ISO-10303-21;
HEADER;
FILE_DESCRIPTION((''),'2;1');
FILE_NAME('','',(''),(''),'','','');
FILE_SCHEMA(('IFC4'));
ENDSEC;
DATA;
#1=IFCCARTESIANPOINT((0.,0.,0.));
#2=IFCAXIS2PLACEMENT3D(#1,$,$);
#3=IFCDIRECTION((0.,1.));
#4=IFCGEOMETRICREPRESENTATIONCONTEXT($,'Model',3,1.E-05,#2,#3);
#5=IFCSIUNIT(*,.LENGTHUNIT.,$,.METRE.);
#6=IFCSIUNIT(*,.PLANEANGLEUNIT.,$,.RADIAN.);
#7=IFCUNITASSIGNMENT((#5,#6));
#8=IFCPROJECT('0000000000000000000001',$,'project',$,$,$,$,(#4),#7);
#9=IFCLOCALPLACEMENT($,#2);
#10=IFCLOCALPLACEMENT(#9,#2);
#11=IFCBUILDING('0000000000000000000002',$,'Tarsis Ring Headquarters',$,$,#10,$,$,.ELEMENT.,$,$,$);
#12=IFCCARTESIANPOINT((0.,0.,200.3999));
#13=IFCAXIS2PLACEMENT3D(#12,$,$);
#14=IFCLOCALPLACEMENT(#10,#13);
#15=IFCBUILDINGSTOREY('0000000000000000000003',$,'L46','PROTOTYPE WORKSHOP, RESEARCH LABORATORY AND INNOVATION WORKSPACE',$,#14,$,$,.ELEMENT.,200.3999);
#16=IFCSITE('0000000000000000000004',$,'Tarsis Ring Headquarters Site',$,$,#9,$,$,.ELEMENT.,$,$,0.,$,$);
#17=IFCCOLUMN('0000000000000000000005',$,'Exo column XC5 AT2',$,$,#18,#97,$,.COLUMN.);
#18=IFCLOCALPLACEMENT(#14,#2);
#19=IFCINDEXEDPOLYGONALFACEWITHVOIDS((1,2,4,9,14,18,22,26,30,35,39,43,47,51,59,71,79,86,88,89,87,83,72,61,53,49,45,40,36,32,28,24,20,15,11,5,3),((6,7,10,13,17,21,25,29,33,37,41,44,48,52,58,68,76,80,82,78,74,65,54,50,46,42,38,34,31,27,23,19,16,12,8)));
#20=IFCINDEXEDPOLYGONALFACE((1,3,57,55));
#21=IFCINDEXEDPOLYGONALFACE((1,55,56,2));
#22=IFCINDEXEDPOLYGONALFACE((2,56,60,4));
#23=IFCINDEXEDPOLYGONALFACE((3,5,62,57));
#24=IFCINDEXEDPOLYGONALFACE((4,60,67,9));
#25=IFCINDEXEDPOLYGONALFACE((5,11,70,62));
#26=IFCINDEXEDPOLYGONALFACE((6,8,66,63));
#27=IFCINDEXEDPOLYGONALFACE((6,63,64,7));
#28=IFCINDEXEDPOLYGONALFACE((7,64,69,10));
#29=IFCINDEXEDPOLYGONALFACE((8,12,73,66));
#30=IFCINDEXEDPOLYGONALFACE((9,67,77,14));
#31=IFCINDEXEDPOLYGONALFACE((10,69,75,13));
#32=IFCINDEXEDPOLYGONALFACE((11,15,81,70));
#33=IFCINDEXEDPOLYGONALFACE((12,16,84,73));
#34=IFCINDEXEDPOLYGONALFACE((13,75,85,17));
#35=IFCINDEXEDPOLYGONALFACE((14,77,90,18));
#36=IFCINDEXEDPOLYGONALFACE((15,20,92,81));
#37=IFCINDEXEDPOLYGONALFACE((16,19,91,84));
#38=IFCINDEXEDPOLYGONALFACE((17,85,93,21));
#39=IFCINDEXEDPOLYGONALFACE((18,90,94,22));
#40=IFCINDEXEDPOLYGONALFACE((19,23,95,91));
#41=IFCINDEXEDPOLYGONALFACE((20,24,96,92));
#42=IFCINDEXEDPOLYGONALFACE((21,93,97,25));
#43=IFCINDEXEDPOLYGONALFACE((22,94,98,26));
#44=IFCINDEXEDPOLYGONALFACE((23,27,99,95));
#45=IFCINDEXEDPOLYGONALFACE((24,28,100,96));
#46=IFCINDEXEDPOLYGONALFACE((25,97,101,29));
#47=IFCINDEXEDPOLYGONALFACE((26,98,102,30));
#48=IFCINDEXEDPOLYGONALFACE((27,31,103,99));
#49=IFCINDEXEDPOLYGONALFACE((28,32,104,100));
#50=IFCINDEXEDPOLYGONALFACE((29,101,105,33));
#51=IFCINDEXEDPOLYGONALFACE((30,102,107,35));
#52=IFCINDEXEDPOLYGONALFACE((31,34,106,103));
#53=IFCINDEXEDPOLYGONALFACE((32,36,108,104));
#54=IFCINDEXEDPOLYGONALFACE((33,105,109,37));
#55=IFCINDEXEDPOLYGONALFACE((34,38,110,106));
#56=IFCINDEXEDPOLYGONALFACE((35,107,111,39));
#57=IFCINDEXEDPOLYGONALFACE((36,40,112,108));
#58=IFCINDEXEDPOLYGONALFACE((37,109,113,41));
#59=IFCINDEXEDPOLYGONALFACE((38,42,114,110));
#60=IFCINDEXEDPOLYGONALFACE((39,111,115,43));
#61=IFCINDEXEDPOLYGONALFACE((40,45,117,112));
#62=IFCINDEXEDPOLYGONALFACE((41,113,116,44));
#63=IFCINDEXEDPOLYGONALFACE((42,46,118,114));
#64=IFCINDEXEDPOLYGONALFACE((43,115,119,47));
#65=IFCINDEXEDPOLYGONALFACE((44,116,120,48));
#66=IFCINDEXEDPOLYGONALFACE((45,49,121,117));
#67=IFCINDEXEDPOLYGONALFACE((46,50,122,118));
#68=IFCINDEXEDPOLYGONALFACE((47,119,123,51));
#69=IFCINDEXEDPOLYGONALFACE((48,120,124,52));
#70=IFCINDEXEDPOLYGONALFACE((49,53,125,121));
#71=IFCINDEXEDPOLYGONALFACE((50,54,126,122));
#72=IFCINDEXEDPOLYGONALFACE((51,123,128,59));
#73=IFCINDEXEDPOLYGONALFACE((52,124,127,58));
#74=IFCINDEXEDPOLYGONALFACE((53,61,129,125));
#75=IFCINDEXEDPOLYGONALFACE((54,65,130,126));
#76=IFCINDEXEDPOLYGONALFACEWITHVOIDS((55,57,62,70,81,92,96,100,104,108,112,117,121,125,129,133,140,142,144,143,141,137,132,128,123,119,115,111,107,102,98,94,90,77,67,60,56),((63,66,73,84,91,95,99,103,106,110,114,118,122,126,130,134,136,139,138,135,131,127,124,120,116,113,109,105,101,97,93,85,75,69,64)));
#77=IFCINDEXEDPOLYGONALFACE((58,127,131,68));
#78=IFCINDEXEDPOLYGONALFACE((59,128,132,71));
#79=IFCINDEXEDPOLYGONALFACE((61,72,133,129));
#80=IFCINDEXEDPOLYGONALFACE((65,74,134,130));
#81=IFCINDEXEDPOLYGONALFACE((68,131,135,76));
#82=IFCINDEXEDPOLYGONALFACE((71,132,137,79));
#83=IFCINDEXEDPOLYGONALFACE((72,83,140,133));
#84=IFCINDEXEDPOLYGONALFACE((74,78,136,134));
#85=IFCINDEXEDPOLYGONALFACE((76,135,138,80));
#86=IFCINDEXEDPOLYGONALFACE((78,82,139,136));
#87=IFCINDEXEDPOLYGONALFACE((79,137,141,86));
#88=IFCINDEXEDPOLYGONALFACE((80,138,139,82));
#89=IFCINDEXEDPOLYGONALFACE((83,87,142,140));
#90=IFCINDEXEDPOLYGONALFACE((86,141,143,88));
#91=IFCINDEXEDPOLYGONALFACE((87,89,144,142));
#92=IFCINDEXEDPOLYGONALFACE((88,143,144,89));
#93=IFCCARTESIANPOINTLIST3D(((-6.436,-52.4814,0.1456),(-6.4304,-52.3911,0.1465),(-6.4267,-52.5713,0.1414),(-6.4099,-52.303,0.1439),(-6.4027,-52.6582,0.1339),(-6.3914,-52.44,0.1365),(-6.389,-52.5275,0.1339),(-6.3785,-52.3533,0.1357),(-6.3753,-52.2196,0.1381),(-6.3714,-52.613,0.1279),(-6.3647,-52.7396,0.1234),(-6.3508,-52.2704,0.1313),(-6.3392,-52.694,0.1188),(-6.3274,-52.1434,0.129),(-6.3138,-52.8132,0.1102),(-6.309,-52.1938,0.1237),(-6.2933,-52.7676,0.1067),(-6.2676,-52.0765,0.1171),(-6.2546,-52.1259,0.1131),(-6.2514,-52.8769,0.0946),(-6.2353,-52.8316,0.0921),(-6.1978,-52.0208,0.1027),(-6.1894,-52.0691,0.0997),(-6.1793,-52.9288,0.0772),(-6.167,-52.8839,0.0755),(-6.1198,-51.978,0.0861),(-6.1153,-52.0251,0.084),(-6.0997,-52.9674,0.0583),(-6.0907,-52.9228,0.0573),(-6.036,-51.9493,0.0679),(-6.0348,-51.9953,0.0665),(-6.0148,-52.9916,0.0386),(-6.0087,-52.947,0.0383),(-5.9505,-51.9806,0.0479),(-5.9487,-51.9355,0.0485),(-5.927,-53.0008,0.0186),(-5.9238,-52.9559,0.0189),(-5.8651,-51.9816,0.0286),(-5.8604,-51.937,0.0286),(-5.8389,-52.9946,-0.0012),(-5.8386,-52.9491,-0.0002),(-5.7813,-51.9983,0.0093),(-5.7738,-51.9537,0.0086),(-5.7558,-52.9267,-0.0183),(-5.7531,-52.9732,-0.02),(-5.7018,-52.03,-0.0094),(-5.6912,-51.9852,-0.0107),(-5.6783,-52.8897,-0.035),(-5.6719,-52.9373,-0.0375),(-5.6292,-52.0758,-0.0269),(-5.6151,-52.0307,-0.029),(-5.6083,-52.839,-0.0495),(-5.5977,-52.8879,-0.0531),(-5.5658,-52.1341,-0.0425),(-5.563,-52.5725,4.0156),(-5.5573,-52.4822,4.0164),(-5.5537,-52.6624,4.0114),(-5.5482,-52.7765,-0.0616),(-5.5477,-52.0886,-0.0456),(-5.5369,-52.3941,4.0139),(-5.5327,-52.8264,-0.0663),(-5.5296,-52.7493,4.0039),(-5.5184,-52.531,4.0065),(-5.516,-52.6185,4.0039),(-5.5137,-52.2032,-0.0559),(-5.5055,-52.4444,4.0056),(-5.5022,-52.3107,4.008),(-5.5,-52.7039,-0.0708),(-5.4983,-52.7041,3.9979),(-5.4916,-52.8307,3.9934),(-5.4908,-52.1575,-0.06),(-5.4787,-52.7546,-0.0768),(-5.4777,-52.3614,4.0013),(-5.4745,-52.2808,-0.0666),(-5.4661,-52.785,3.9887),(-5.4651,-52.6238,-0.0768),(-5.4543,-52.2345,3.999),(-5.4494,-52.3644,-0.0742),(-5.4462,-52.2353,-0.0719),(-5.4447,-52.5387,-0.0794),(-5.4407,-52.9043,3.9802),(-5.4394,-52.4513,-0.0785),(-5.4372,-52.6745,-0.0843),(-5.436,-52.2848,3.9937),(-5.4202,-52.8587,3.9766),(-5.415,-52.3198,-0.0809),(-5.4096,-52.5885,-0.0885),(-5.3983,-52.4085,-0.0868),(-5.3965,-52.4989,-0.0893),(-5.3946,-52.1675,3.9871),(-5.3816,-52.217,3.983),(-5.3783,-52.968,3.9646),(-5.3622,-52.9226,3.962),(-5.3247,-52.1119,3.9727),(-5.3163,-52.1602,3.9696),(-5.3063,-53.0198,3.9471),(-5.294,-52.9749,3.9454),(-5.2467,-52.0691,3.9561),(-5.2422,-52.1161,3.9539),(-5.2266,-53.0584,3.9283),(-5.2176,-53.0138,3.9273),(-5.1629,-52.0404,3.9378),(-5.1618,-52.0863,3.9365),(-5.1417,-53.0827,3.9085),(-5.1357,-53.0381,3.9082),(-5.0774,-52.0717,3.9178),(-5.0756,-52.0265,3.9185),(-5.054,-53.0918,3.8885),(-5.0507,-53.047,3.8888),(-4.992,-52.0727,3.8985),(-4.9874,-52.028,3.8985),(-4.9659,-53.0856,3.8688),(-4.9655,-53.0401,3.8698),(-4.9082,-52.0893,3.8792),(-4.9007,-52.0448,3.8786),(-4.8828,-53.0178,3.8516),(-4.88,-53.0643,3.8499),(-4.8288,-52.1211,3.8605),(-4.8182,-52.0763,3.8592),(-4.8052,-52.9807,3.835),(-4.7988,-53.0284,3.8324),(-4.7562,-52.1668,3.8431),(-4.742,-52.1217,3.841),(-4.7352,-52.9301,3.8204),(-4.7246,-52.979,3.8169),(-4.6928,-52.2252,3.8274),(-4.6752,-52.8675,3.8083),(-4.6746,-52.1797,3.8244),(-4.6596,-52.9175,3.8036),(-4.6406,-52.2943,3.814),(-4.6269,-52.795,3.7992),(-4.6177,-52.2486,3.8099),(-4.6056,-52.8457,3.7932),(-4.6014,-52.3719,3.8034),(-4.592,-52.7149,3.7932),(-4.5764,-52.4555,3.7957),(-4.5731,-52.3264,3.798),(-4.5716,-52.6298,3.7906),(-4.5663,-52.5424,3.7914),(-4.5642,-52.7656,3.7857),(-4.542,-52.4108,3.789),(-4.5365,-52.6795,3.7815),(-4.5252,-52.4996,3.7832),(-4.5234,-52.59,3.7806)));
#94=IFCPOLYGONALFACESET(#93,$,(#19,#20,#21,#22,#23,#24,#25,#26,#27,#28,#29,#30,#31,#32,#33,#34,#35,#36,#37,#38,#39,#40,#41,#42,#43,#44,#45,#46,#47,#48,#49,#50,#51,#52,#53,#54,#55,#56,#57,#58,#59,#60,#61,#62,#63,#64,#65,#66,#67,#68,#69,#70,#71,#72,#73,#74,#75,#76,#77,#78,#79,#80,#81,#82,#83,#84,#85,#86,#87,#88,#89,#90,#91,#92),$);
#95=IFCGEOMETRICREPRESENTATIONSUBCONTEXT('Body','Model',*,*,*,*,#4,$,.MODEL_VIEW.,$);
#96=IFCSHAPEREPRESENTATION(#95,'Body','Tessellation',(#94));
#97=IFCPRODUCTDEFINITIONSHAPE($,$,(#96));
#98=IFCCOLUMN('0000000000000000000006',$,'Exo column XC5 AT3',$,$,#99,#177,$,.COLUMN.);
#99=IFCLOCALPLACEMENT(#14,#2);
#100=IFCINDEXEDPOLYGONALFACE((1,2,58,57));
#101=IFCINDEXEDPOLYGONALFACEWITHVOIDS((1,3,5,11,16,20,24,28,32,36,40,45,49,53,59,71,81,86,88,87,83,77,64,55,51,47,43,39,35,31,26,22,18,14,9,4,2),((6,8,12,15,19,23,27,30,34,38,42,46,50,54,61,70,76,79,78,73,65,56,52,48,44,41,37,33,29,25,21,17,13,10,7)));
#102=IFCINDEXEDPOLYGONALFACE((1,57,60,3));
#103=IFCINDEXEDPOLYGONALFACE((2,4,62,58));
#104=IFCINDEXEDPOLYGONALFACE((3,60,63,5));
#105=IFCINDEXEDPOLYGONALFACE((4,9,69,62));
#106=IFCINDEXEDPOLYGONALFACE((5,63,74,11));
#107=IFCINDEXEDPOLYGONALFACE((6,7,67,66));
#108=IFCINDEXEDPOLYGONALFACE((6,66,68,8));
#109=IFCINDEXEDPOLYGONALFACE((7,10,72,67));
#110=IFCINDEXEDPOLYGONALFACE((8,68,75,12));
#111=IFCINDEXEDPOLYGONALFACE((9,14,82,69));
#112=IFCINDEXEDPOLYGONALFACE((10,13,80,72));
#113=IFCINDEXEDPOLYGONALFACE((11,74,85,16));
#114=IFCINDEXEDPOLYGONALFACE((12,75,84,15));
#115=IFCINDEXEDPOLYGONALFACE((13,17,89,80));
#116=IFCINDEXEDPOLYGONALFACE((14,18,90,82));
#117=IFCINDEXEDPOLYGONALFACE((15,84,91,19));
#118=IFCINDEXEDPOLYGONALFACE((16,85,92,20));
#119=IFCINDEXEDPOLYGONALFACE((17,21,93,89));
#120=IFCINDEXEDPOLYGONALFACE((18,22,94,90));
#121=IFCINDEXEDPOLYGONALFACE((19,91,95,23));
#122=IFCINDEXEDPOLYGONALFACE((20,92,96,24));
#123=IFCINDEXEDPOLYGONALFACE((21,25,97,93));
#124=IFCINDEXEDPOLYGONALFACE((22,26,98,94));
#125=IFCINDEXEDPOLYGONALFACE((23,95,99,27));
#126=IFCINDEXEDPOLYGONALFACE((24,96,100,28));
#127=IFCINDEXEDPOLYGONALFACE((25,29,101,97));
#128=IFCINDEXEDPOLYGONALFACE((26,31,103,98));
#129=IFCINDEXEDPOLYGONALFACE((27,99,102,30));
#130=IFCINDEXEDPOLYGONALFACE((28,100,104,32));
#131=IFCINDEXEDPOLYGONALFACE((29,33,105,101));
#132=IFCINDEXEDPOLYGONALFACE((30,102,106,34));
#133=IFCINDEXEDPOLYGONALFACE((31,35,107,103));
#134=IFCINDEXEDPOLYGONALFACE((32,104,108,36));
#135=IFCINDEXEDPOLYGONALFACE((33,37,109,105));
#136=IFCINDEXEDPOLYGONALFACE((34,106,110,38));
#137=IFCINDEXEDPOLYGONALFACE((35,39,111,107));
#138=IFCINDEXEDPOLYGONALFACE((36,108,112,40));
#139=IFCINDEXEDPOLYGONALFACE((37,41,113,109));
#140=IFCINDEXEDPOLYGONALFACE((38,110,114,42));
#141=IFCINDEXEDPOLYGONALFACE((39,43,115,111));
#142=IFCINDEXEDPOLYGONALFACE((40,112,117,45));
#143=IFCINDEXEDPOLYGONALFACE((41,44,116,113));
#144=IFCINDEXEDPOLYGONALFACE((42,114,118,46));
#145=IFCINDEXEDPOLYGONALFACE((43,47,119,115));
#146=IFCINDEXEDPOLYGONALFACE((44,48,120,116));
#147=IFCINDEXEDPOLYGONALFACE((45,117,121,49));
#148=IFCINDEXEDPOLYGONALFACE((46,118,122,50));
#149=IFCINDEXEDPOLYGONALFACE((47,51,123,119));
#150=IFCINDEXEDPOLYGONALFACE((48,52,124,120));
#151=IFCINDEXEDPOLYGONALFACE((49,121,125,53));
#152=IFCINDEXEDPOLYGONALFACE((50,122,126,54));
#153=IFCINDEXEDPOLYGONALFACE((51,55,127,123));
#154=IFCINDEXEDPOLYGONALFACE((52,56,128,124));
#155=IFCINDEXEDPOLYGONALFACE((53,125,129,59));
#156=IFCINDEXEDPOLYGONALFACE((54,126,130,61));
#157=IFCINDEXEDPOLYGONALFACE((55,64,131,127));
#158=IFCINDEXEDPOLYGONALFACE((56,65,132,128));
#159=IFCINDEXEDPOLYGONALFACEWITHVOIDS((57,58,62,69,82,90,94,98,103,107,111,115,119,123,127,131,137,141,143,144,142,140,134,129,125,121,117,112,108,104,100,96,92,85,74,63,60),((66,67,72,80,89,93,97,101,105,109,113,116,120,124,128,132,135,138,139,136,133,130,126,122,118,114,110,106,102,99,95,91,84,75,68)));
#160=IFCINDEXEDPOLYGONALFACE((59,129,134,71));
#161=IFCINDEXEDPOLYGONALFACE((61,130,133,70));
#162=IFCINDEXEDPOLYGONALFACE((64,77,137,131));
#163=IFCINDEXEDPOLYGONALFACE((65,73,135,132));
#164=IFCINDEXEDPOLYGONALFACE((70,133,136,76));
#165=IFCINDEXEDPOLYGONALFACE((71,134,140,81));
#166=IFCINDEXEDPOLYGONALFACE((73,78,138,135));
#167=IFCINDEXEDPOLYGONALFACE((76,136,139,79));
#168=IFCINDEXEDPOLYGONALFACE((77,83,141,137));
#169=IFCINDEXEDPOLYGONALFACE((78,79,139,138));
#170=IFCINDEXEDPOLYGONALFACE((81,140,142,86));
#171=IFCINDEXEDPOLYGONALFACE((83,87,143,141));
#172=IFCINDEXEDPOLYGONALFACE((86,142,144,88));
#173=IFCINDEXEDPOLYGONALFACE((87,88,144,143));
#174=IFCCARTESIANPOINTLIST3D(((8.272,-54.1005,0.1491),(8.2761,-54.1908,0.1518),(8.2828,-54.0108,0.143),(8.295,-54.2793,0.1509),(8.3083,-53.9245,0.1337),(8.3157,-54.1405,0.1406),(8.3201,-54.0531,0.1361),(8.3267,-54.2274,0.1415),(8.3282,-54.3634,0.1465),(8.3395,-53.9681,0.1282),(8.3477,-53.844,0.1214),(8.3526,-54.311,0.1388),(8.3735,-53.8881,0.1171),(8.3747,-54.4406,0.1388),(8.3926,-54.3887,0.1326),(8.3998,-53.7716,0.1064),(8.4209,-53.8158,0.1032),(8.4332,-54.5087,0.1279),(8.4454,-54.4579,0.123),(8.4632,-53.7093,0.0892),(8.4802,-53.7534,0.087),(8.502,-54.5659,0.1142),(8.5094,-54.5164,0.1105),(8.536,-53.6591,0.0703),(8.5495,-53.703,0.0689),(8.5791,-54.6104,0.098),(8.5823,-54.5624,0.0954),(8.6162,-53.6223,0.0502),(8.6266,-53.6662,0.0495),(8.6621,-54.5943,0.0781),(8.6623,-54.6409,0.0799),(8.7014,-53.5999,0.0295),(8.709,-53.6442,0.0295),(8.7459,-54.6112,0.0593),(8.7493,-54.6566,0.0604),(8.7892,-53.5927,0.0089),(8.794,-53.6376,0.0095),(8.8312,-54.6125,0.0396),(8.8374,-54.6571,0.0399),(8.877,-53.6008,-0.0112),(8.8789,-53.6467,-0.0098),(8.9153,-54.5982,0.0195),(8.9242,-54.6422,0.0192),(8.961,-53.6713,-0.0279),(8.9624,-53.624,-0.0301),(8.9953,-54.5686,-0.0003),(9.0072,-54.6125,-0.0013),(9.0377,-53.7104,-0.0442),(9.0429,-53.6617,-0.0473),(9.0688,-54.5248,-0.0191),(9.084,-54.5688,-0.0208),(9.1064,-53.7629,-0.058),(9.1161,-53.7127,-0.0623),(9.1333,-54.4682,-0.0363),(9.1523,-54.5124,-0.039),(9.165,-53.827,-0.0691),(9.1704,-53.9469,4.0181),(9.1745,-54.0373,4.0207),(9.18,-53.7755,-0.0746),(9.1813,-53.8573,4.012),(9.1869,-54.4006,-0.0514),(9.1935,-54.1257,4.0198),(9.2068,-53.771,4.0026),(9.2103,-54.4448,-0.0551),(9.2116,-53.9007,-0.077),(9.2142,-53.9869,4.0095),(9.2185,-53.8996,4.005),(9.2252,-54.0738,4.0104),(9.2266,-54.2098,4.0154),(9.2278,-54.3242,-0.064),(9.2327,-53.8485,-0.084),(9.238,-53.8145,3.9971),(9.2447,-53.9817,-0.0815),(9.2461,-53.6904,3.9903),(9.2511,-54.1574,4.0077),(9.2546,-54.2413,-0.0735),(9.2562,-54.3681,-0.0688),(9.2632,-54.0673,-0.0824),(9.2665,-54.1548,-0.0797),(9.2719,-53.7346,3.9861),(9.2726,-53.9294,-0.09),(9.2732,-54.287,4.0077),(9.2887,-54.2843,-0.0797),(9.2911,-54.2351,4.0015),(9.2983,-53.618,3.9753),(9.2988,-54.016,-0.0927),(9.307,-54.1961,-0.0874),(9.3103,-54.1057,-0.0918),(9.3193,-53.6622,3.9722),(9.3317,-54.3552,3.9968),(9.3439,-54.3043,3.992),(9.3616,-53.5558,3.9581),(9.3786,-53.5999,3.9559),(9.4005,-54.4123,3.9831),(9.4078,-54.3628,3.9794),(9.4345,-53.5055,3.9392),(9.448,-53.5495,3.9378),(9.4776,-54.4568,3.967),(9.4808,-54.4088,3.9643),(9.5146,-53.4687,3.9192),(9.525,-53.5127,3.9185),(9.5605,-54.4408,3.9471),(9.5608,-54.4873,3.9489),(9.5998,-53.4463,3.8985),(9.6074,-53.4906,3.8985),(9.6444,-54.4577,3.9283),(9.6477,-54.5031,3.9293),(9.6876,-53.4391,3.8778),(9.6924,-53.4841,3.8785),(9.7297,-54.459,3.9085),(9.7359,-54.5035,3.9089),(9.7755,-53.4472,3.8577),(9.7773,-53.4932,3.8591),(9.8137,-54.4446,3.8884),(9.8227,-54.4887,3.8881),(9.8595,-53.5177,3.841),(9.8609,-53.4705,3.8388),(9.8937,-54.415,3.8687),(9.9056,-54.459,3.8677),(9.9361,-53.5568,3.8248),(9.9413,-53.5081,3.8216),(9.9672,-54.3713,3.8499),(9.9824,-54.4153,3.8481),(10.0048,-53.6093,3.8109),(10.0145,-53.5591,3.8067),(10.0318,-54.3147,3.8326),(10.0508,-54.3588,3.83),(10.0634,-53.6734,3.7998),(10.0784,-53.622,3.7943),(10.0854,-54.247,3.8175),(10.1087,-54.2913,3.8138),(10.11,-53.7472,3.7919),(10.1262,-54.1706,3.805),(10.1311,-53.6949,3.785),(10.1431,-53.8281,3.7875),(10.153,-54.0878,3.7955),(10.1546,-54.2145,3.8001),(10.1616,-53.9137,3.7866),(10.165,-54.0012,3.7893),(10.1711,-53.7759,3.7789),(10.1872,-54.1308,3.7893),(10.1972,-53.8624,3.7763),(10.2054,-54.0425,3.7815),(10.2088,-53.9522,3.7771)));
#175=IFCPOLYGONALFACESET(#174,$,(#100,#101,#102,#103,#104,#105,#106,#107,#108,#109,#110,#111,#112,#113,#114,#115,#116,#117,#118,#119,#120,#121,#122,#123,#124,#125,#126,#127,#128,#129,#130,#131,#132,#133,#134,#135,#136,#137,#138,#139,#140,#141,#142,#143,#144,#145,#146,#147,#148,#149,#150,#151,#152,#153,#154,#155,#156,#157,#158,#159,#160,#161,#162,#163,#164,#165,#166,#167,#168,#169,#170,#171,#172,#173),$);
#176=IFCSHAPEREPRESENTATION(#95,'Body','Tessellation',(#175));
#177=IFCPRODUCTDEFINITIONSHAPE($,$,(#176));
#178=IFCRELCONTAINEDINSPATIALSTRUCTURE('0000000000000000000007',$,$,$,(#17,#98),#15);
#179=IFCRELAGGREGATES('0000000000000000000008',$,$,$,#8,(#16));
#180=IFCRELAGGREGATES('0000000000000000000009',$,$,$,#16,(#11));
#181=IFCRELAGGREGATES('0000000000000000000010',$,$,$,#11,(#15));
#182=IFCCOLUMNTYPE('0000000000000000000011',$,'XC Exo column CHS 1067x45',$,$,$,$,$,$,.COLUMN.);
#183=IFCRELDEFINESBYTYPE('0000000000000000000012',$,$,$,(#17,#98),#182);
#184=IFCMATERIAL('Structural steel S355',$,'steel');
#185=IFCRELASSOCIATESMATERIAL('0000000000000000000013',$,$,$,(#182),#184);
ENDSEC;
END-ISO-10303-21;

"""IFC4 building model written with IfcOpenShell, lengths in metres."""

from ifc_helpers import new_model, si_unit, direction, frame, origin, origin_2d, place, context, subcontext, project, spatial, hollow_circle, extrude, material, material_profile, profile_set, type_object, element, save


model = new_model("IFC4")

# Units and contexts
model_context = context("Model", 3, precision=1e-05, world=origin(), true_north=direction((0.0, 1.0)))
body_context = subcontext(model_context, "Body", "Model", "MODEL_VIEW")
ifc_project = project(units=[si_unit("LENGTHUNIT", "METRE"), si_unit("PLANEANGLEUNIT", "RADIAN")], contexts=[model_context])

# Site, building, storey
site_placement = place(None, origin())
site = spatial("IfcSite", under=ifc_project, at=site_placement, Name="Tarsis Ring Headquarters Site", CompositionType="ELEMENT", RefElevation=0.0)
building_placement = place(site_placement, origin())
building = spatial("IfcBuilding", under=site, at=building_placement, Name="Tarsis Ring Headquarters", CompositionType="ELEMENT")
storey_placement = place(building_placement, frame((0.0, 0.0, 200.3999)))
storey = spatial("IfcBuildingStorey", under=building, at=storey_placement, Name="L46", Description="PROTOTYPE WORKSHOP, RESEARCH LABORATORY AND INNOVATION WORKSPACE", CompositionType="ELEMENT", Elevation=200.3999)

# Columns
ifc_material_1 = material(Name="Structural steel S355", Category="steel")
ifc_material_profile_1 = material_profile(ifc_material_1, hollow_circle(Radius=0.5334, WallThickness=0.0449, at=origin_2d()), Name="CHS 1067x45")
ifc_profile_set_1 = profile_set([ifc_material_profile_1], Name="Structural steel S355")
column_type = type_object("IfcColumnType", Name="XC Exo column CHS 1067x45", PredefinedType="COLUMN", material=ifc_profile_set_1)
column_1_placement = place(storey_placement, frame((-5.9158, -52.4675, 0.0286), z_axis=(0.220012, -0.022949, 0.975227), x_axis=(0.103744, 0.994604, 0.0)))
element("IfcColumn", 1, at=column_1_placement, inside=storey, type_object=column_type, Name="Exo column XC5 AT2", PredefinedType="COLUMN", context=body_context, shape_type="SweptSolid", body=[
    extrude(hollow_circle(Radius=0.5334, WallThickness=0.0449, at=origin_2d()), origin(), (0.0, 0.0, 1.0), 3.9683),
])
column_2_placement = place(storey_placement, frame((8.7913, -54.1257, 0.0295), z_axis=(0.226033, 0.038634, 0.973353), x_axis=(-0.168481, 0.985705, 0.0)))
element("IfcColumn", 2, at=column_2_placement, inside=storey, type_object=column_type, Name="Exo column XC5 AT3", PredefinedType="COLUMN", context=body_context, shape_type="SweptSolid", body=[
    extrude(hollow_circle(Radius=0.5334, WallThickness=0.0449, at=origin_2d()), origin(), (0.0, 0.0, 1.0), 3.9749),
])

save(model, "model.ifc")
